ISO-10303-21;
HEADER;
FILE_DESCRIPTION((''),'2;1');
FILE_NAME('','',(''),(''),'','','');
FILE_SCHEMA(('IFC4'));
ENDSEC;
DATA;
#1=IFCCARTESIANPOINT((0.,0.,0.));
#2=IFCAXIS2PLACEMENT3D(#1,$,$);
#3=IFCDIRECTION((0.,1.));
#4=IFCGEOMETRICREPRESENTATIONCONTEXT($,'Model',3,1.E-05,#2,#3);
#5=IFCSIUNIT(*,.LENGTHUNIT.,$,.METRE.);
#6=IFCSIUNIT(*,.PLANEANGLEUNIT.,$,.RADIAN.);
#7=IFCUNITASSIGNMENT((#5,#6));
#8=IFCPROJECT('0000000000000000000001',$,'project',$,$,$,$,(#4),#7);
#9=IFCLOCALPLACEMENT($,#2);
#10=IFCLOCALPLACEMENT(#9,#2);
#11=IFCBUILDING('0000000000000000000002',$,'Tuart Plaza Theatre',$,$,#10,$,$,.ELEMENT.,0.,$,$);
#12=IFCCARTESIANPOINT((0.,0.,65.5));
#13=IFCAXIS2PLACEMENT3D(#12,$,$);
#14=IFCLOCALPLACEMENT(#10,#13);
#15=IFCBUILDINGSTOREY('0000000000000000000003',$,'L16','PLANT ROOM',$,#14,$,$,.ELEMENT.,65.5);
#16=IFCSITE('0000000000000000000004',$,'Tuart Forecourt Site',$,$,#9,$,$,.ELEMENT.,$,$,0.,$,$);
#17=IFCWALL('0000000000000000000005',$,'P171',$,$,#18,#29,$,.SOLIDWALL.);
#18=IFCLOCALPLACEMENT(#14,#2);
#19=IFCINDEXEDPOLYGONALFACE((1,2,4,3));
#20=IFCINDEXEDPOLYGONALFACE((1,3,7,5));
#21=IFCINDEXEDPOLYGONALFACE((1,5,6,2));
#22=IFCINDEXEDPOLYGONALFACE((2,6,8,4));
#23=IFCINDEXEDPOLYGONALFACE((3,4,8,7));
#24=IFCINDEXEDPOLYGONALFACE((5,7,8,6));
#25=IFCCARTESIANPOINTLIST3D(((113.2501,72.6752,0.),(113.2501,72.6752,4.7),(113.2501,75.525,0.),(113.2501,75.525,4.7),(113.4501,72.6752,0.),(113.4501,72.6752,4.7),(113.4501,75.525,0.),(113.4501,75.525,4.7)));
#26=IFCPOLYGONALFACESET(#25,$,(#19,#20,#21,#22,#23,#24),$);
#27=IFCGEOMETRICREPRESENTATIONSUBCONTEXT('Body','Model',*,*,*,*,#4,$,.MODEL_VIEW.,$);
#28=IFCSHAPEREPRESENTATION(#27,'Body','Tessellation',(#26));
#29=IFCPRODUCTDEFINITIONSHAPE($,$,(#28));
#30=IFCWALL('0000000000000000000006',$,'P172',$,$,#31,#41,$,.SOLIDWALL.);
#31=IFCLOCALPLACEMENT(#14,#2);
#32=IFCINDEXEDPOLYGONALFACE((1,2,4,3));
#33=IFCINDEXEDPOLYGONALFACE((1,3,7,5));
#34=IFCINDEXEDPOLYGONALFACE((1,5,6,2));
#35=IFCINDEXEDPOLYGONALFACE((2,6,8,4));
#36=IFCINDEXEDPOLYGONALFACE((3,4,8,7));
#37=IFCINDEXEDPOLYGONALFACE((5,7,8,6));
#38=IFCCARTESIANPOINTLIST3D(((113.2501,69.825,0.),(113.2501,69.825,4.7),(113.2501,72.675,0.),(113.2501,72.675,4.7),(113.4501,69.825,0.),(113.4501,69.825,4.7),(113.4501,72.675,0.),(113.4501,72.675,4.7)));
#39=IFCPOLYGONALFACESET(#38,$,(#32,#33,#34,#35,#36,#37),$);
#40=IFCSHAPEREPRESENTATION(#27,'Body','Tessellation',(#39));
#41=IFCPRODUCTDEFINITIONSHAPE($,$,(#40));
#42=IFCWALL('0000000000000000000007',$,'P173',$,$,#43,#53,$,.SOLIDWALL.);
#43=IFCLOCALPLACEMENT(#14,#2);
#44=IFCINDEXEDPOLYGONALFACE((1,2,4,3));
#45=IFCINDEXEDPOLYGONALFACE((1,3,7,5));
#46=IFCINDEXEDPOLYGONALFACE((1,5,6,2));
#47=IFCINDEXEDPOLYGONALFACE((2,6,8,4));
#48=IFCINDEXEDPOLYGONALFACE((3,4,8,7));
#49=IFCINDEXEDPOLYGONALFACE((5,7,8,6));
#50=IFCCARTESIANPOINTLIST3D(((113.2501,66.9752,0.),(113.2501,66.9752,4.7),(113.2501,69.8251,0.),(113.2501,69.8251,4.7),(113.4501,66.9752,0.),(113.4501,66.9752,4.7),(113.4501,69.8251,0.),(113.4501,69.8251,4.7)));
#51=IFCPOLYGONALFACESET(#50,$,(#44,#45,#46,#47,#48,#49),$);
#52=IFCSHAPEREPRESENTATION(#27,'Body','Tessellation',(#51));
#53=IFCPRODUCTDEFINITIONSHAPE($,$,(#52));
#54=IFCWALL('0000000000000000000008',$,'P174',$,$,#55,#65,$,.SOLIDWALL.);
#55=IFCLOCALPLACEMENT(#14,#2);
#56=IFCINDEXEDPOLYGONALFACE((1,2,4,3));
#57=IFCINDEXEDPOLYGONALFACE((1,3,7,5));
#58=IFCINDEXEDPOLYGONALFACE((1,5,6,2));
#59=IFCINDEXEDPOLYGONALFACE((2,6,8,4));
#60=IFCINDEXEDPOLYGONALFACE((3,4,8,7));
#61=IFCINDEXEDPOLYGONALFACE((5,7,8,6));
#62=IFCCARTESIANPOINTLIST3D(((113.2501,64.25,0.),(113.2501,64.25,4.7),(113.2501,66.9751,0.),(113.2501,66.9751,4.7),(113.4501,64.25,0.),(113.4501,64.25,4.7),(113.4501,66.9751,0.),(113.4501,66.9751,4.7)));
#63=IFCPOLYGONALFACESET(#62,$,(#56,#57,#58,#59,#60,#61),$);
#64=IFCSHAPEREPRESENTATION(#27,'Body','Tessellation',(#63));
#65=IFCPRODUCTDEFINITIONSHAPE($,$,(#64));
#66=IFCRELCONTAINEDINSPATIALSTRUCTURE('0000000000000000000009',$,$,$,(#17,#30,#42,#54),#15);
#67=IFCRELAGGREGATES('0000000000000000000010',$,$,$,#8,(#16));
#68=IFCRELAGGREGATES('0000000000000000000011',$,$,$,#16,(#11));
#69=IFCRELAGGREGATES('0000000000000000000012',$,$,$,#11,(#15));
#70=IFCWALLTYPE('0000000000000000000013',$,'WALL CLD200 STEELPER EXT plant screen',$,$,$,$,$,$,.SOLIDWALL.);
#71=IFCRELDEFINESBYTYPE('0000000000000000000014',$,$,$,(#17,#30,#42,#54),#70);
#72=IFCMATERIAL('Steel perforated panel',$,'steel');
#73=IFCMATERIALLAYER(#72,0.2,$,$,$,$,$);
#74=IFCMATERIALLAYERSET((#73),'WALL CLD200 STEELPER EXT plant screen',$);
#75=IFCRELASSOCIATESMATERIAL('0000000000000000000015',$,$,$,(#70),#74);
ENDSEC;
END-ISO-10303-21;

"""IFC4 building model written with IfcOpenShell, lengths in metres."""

from ifc_helpers import new_model, si_unit, direction, frame, frame_2d, origin, place, context, subcontext, project, spatial, rectangle, extrude, material, layer, layer_set, type_object, element, save


model = new_model("IFC4")

# Units and contexts
model_context = context("Model", 3, precision=1e-05, world=origin(), true_north=direction((0.0, 1.0)))
body_context = subcontext(model_context, "Body", "Model", "MODEL_VIEW")
ifc_project = project(units=[si_unit("LENGTHUNIT", "METRE"), si_unit("PLANEANGLEUNIT", "RADIAN")], contexts=[model_context])

# Site, building, storey
site_placement = place(None, origin())
site = spatial("IfcSite", under=ifc_project, at=site_placement, Name="Tuart Forecourt Site", CompositionType="ELEMENT", RefElevation=0.0)
building_placement = place(site_placement, origin())
building = spatial("IfcBuilding", under=site, at=building_placement, Name="Tuart Plaza Theatre", CompositionType="ELEMENT", ElevationOfRefHeight=0.0)
storey_placement = place(building_placement, frame((0.0, 0.0, 65.5)))
storey = spatial("IfcBuildingStorey", under=building, at=storey_placement, Name="L16", Description="PLANT ROOM", CompositionType="ELEMENT", Elevation=65.5)

# Walls
ifc_material_1 = material(Name="Steel perforated panel", Category="steel")
ifc_layer_1 = layer(ifc_material_1, 0.2)
ifc_layer_set_1 = layer_set([ifc_layer_1], Name="WALL CLD200 STEELPER EXT plant screen")
wall_type = type_object("IfcWallType", Name="WALL CLD200 STEELPER EXT plant screen", PredefinedType="SOLIDWALL", material=ifc_layer_set_1)
wall_1_placement = place(storey_placement, frame((113.3501, 75.5249, 0.0), z_axis=(0.0, 0.0, 1.0), x_axis=(0.0, -1.0, 0.0)))
element("IfcWall", 1, at=wall_1_placement, inside=storey, type_object=wall_type, Name="P171", PredefinedType="SOLIDWALL", context=body_context, shape_type="SweptSolid", body=[
    extrude(rectangle(XDim=2.8499, YDim=0.2, at=frame_2d((1.4248, 0.0))), origin(), (0.0, 0.0, 1.0), 4.7),
])
wall_2_placement = place(storey_placement, frame((113.3501, 72.675, 0.0), z_axis=(0.0, 0.0, 1.0), x_axis=(0.0, -1.0, 0.0)))
element("IfcWall", 2, at=wall_2_placement, inside=storey, type_object=wall_type, Name="P172", PredefinedType="SOLIDWALL", context=body_context, shape_type="SweptSolid", body=[
    extrude(rectangle(XDim=2.8501, YDim=0.2, at=frame_2d((1.425, 0.0))), origin(), (0.0, 0.0, 1.0), 4.7),
])
wall_3_placement = place(storey_placement, frame((113.3501, 69.825, 0.0), z_axis=(0.0, 0.0, 1.0), x_axis=(0.0, -1.0, 0.0)))
element("IfcWall", 3, at=wall_3_placement, inside=storey, type_object=wall_type, Name="P173", PredefinedType="SOLIDWALL", context=body_context, shape_type="SweptSolid", body=[
    extrude(rectangle(XDim=2.8499, YDim=0.2, at=frame_2d((1.4248, 0.0))), origin(), (0.0, 0.0, 1.0), 4.7),
])
wall_4_placement = place(storey_placement, frame((113.3501, 66.9751, 0.0), z_axis=(0.0, 0.0, 1.0), x_axis=(0.0, -1.0, 0.0)))
element("IfcWall", 4, at=wall_4_placement, inside=storey, type_object=wall_type, Name="P174", PredefinedType="SOLIDWALL", context=body_context, shape_type="SweptSolid", body=[
    extrude(rectangle(XDim=2.7251, YDim=0.2, at=frame_2d((1.3625, 0.0))), origin(), (0.0, 0.0, 1.0), 4.7),
])

save(model, "model.ifc")
